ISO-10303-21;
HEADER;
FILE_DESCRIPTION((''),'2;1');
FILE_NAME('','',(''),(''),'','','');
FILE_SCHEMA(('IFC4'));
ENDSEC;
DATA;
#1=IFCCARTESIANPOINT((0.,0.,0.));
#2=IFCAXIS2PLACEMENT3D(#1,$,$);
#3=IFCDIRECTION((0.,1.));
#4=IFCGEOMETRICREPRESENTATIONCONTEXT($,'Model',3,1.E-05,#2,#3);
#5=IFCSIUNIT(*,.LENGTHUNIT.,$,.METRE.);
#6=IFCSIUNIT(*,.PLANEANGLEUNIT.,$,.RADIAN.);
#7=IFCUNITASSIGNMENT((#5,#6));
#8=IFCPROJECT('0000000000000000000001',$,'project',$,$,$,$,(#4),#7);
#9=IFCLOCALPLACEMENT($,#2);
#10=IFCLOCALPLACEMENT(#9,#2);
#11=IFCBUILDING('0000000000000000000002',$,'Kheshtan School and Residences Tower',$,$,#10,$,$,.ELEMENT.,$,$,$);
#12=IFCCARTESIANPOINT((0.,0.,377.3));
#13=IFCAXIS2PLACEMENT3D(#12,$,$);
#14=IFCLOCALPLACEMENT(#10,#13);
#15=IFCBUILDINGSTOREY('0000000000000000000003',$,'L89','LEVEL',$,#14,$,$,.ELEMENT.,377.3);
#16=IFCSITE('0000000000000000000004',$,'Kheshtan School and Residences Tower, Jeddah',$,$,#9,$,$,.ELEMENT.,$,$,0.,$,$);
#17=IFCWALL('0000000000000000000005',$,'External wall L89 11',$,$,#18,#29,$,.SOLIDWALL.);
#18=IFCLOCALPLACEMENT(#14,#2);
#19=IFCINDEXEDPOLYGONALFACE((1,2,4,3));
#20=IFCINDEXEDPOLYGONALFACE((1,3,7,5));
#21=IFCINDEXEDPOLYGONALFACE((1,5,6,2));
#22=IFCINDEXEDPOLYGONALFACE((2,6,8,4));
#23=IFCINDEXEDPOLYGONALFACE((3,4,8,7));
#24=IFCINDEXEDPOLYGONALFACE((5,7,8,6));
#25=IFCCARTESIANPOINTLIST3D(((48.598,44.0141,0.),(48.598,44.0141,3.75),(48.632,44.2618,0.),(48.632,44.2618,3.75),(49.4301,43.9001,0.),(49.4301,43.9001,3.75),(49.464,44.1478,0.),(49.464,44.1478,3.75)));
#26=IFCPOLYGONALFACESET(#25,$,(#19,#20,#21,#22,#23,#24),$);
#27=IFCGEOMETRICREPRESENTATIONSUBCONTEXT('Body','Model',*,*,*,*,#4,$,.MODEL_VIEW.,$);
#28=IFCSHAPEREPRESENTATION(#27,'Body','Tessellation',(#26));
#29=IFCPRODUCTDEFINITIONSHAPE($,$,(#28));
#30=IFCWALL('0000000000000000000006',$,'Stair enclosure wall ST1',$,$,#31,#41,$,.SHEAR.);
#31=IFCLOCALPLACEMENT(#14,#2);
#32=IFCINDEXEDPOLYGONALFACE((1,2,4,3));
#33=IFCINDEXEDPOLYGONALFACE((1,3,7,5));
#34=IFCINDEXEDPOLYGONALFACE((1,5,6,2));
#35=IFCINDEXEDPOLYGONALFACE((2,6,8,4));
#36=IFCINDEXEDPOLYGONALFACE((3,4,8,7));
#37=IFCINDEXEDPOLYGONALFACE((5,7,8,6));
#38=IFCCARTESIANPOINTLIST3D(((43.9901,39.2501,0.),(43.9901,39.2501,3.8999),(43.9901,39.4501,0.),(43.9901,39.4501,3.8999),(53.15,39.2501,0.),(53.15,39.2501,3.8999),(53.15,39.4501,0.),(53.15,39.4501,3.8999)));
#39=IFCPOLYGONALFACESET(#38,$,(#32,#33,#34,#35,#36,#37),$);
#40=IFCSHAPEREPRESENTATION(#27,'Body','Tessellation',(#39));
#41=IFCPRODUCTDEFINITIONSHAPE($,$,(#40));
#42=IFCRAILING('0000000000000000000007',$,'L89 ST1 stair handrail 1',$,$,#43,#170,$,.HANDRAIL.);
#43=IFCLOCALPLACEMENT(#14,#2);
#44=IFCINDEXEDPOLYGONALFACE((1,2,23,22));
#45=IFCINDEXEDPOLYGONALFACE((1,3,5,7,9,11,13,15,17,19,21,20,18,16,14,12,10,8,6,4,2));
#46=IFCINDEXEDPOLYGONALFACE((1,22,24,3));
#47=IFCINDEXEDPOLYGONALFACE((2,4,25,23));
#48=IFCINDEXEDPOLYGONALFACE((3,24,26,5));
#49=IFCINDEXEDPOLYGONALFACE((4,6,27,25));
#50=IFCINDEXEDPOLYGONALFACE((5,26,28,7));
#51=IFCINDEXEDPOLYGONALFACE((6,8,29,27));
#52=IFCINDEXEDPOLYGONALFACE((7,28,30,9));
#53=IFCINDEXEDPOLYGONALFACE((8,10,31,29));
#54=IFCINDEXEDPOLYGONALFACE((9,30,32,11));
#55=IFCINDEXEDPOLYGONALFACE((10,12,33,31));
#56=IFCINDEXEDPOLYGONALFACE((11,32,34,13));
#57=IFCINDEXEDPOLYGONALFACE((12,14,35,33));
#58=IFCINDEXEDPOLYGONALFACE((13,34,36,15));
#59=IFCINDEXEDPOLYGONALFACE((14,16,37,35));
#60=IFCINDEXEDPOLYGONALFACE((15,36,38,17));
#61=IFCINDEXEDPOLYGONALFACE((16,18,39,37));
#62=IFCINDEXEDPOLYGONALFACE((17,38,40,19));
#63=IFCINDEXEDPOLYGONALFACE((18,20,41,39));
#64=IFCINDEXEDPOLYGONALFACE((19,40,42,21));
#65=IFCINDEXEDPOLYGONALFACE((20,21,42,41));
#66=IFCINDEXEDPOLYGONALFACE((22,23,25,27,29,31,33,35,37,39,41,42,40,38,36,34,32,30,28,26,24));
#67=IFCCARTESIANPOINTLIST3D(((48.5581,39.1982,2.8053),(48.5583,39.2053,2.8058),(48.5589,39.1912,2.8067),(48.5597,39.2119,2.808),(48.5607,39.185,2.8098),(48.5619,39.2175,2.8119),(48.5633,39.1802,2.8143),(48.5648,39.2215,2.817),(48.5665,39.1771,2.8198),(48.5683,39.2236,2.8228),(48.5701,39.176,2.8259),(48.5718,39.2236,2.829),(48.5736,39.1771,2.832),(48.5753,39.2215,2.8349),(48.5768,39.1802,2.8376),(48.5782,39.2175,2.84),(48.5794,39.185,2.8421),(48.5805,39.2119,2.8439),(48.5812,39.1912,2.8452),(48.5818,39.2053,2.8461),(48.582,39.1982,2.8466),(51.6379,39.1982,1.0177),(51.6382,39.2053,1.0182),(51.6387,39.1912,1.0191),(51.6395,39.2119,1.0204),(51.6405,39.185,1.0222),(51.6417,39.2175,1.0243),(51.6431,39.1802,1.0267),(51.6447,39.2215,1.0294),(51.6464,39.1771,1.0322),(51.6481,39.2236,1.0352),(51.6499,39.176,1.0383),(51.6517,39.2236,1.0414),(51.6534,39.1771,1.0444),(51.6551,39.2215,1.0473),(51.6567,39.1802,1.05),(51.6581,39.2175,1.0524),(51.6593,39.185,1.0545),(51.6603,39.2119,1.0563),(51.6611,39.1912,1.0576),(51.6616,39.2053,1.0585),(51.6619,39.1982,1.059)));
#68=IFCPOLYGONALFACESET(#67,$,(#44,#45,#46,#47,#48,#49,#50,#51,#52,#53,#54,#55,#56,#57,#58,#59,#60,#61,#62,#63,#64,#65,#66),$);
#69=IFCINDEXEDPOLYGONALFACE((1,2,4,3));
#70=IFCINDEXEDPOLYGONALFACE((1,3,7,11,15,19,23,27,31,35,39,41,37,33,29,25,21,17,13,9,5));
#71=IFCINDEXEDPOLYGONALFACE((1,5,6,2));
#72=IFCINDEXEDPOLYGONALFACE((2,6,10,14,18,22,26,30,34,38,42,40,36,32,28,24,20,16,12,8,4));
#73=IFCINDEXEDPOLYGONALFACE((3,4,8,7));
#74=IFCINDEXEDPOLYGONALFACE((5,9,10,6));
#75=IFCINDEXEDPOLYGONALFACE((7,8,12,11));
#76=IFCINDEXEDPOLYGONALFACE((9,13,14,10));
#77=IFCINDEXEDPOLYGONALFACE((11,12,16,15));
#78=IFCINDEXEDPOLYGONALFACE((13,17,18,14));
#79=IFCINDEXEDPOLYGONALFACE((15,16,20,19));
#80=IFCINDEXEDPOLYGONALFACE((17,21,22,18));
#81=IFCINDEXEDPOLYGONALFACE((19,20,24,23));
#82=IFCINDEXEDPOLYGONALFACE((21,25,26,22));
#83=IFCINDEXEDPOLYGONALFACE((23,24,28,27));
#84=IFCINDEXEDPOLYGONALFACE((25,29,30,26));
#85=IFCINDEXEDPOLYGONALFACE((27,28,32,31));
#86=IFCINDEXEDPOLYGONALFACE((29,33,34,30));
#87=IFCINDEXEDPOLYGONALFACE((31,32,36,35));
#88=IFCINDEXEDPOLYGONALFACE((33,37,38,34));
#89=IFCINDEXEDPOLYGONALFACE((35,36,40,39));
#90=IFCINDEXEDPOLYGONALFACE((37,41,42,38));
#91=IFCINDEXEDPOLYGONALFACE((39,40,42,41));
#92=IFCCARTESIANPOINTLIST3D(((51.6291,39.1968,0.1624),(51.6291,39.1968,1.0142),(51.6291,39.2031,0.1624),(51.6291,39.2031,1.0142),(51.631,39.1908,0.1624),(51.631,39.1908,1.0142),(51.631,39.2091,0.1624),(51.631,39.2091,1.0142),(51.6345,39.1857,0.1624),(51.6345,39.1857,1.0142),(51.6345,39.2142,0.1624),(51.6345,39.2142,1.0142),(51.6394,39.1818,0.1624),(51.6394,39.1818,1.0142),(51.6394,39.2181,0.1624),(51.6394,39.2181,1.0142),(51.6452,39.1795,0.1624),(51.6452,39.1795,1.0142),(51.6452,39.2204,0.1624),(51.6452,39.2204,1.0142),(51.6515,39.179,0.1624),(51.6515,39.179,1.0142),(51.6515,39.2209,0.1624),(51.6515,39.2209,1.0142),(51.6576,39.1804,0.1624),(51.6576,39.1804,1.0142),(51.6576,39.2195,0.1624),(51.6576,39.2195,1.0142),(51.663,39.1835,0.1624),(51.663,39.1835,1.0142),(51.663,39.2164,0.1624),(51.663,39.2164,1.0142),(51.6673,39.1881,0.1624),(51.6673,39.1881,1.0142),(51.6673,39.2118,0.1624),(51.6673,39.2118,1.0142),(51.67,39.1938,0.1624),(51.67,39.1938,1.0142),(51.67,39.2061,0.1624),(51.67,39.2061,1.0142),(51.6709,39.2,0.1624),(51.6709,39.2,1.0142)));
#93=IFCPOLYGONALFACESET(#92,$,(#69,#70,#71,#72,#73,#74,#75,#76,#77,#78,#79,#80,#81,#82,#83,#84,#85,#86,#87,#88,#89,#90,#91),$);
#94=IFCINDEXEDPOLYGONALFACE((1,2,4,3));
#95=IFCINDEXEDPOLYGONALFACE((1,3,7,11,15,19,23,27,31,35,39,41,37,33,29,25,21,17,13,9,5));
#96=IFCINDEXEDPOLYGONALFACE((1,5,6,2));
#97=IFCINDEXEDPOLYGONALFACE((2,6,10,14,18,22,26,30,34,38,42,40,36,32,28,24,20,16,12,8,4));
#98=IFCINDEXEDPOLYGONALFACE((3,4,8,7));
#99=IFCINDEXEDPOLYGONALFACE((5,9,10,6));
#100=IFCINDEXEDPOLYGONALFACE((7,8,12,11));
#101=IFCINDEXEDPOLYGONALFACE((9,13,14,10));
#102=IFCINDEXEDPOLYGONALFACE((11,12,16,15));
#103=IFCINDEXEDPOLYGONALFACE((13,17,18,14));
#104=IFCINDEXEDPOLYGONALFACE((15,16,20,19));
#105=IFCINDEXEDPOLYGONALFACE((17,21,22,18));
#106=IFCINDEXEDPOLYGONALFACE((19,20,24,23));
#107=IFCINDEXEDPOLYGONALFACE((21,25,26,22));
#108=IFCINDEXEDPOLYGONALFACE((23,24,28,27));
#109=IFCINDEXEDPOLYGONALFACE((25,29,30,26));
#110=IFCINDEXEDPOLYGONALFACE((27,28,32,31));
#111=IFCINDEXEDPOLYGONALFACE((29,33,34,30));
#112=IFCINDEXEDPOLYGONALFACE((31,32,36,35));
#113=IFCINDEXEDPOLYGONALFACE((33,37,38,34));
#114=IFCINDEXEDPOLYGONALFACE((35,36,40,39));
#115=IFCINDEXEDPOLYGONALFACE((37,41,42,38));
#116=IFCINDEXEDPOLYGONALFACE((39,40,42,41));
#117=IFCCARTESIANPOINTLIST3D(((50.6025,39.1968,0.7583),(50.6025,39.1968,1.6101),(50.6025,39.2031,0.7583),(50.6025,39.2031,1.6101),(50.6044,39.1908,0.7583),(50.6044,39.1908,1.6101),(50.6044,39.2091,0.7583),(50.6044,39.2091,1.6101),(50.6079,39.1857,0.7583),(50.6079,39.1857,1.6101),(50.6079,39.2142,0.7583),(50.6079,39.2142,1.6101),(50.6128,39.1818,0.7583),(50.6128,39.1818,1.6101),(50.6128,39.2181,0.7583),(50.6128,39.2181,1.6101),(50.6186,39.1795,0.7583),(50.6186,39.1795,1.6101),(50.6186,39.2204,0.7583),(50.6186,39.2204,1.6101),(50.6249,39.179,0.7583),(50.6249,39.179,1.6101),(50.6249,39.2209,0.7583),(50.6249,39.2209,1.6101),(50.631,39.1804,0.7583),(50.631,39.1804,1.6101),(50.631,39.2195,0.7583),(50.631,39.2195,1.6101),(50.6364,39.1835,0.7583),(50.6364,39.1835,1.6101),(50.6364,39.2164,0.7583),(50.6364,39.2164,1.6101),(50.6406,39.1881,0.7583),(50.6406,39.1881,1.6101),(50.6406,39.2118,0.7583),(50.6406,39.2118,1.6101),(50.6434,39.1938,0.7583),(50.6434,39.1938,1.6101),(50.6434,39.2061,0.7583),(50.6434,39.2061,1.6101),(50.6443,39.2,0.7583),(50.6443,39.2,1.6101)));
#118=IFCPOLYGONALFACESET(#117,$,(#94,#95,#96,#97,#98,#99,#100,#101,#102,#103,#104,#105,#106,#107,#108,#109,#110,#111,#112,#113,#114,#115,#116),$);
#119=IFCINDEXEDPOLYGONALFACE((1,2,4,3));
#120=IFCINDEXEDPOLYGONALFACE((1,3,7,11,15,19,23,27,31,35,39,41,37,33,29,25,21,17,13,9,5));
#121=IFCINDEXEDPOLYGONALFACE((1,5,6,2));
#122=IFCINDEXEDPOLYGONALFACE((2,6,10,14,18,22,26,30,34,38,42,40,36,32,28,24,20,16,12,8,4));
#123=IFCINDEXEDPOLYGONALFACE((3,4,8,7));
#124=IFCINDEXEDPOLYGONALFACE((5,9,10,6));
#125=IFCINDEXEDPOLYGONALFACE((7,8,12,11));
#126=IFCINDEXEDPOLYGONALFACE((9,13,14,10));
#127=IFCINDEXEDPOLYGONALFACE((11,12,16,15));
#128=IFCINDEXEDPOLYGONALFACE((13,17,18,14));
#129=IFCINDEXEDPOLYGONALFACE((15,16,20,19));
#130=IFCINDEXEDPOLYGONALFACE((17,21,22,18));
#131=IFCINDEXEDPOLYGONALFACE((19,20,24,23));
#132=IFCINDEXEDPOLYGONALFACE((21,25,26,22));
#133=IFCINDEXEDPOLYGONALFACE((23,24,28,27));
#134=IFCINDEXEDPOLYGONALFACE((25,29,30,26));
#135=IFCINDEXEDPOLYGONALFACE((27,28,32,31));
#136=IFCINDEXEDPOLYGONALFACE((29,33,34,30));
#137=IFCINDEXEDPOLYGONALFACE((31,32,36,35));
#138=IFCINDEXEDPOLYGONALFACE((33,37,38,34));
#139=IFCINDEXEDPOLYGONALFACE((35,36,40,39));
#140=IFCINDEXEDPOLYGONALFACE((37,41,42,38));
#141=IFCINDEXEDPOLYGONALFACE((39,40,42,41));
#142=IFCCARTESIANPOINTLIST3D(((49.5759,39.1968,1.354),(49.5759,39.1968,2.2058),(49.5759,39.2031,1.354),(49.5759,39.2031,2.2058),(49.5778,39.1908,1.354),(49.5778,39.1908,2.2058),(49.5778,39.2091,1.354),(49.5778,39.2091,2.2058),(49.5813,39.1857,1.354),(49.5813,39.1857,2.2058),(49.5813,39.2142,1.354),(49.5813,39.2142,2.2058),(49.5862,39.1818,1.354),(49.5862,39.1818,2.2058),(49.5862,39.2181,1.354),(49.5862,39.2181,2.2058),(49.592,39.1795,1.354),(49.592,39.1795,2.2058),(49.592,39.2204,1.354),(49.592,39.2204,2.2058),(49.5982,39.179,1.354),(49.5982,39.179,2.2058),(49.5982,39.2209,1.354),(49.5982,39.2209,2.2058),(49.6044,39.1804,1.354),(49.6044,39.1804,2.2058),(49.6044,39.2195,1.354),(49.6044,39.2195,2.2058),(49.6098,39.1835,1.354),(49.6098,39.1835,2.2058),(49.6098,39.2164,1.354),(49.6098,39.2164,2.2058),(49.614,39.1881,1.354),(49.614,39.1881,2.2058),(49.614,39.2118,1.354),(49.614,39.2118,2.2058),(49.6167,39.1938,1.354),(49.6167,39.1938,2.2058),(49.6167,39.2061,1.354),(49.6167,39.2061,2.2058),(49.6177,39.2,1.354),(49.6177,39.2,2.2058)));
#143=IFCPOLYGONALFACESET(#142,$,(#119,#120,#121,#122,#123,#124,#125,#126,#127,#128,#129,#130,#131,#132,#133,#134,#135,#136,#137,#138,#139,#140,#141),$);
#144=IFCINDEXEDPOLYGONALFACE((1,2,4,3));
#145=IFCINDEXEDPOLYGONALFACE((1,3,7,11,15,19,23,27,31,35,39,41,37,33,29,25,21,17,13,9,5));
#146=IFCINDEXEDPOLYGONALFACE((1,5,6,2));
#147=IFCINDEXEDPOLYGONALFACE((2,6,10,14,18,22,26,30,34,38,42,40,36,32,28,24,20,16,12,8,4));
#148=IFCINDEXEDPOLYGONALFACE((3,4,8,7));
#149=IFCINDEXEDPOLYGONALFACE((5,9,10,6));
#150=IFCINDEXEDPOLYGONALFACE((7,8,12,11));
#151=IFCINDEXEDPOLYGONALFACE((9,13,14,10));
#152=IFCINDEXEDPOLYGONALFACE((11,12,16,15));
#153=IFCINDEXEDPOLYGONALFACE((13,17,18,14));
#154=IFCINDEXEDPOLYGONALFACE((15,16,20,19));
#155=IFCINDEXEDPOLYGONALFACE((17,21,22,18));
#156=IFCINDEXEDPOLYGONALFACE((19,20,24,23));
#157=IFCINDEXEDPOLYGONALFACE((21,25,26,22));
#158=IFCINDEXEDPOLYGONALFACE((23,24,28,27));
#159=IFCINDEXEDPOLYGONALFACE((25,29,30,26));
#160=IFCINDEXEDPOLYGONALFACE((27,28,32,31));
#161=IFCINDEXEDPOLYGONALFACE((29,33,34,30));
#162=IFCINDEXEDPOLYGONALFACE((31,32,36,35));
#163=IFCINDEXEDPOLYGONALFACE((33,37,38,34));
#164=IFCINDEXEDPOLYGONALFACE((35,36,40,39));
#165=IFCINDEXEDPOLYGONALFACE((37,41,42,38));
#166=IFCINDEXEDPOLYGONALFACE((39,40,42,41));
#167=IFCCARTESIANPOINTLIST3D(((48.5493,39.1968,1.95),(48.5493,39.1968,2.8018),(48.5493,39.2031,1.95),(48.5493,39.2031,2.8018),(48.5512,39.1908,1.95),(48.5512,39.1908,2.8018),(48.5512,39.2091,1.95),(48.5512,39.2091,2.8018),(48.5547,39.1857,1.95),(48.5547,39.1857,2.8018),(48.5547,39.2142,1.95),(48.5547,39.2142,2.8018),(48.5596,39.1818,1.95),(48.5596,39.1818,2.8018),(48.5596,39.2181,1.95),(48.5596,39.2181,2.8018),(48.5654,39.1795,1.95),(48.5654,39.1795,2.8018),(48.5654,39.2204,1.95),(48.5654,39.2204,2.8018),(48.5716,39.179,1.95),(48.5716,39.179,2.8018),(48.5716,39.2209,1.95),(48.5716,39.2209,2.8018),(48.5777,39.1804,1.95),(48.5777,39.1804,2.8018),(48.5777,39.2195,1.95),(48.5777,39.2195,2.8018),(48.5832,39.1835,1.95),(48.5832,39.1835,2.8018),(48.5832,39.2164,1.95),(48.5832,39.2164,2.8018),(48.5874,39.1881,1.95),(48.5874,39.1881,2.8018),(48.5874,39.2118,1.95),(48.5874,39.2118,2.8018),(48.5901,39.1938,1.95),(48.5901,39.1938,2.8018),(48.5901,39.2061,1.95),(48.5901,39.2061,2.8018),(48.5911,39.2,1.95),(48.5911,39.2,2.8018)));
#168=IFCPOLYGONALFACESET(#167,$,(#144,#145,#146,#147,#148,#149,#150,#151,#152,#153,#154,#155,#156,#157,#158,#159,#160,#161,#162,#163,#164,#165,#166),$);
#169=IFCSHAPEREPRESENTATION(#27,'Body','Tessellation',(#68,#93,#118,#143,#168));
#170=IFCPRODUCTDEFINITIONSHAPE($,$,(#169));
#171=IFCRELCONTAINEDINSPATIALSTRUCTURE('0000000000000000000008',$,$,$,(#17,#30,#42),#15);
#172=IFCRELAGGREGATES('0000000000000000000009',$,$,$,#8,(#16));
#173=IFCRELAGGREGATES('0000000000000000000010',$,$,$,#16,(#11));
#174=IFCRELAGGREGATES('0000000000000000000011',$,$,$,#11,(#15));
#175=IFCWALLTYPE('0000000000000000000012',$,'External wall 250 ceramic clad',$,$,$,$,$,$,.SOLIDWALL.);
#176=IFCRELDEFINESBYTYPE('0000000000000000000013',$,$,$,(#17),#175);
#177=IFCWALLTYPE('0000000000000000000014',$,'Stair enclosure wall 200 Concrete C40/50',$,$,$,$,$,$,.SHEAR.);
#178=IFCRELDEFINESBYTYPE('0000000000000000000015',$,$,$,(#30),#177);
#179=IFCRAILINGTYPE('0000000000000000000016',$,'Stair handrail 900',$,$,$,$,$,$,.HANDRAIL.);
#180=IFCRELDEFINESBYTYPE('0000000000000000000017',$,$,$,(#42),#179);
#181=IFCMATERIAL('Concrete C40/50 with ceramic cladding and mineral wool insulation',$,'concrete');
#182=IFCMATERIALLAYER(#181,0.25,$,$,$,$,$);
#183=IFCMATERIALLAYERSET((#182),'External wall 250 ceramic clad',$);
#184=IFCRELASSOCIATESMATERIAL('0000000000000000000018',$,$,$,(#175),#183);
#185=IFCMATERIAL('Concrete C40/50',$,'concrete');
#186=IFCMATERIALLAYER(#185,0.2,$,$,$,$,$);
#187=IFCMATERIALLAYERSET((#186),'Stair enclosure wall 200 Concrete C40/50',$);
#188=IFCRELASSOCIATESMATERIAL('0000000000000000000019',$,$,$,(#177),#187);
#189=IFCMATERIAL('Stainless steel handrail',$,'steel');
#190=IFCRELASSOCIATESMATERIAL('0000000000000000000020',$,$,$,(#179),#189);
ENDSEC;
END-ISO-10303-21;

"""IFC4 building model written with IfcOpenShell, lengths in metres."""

from ifc_helpers import new_model, si_unit, direction, frame, frame_2d, origin, origin_2d, place, context, subcontext, project, spatial, rectangle, circle, extrude, material, layer, layer_set, type_object, element, save


model = new_model("IFC4")

# Units and contexts
model_context = context("Model", 3, precision=1e-05, world=origin(), true_north=direction((0.0, 1.0)))
body_context = subcontext(model_context, "Body", "Model", "MODEL_VIEW")
ifc_project = project(units=[si_unit("LENGTHUNIT", "METRE"), si_unit("PLANEANGLEUNIT", "RADIAN")], contexts=[model_context])

# Site, building, storey
site_placement = place(None, origin())
site = spatial("IfcSite", under=ifc_project, at=site_placement, Name="Kheshtan School and Residences Tower, Jeddah", CompositionType="ELEMENT", RefElevation=0.0)
building_placement = place(site_placement, origin())
building = spatial("IfcBuilding", under=site, at=building_placement, Name="Kheshtan School and Residences Tower", CompositionType="ELEMENT")
storey_placement = place(building_placement, frame((0.0, 0.0, 377.3)))
storey = spatial("IfcBuildingStorey", under=building, at=storey_placement, Name="L89", Description="LEVEL", CompositionType="ELEMENT", Elevation=377.3)

# Shared definitions
ifc_material_1 = material(Name="Concrete C40/50 with ceramic cladding and mineral wool insulation", Category="concrete")
ifc_layer_1 = layer(ifc_material_1, 0.25)
ifc_layer_set_1 = layer_set([ifc_layer_1], Name="External wall 250 ceramic clad")
wall_type_1 = type_object("IfcWallType", Name="External wall 250 ceramic clad", PredefinedType="SOLIDWALL", material=ifc_layer_set_1)

# Wall
wall_1_placement = place(storey_placement, frame((48.615, 44.1379, 0.0), z_axis=(0.0, 0.0, 1.0), x_axis=(0.990742, -0.135762, 0.0)))
element("IfcWall", 1, at=wall_1_placement, inside=storey, type_object=wall_type_1, Name="External wall L89 11", PredefinedType="SOLIDWALL", context=body_context, shape_type="SweptSolid", body=[
    extrude(rectangle(XDim=0.8398, YDim=0.25, at=frame_2d((0.4199, 0.0))), origin(), (0.0, 0.0, 1.0), 3.75),
])

# Wall
ifc_material_2 = material(Name="Concrete C40/50", Category="concrete")
ifc_layer_2 = layer(ifc_material_2, 0.2)
ifc_layer_set_2 = layer_set([ifc_layer_2], Name="Stair enclosure wall 200 Concrete C40/50")
wall_type_2 = type_object("IfcWallType", Name="Stair enclosure wall 200 Concrete C40/50", PredefinedType="SHEAR", material=ifc_layer_set_2)
wall_2_placement = place(storey_placement, frame((43.99, 39.3501, 0.0), z_axis=(0.0, 0.0, 1.0), x_axis=(1.0, 0.0, 0.0)))
element("IfcWall", 2, at=wall_2_placement, inside=storey, type_object=wall_type_2, Name="Stair enclosure wall ST1", PredefinedType="SHEAR", context=body_context, shape_type="SweptSolid", body=[
    extrude(rectangle(XDim=9.1599, YDim=0.2, at=frame_2d((4.5801, 0.0))), origin(), (0.0, 0.0, 1.0), 3.8999),
])

# Railing
ifc_material_3 = material(Name="Stainless steel handrail", Category="steel")
railing_type = type_object("IfcRailingType", Name="Stair handrail 900", PredefinedType="HANDRAIL", material=ifc_material_3)
railing_placement = place(storey_placement, frame((51.6499, 39.2, 0.1624)))
element("IfcRailing", 3, at=railing_placement, inside=storey, type_object=railing_type, Name="L89 ST1 stair handrail 1", PredefinedType="HANDRAIL", context=body_context, shape_type="SweptSolid", body=[
    extrude(circle(Radius=0.0239, at=origin_2d()), frame((0.0, 0.0, 0.876), z_axis=(-0.864873, 0.0, 0.50199), x_axis=(0.0, -1.0, 0.0)), (0.0, 0.0, 1.0), 3.561),
    extrude(circle(Radius=0.021, at=origin_2d()), origin(), (0.0, 0.0, 1.0), 0.8518),
    extrude(circle(Radius=0.021, at=origin_2d()), frame((-1.0266, 0.0, 0.5959)), (0.0, 0.0, 1.0), 0.8518),
    extrude(circle(Radius=0.021, at=origin_2d()), frame((-2.0532, 0.0, 1.1917)), (0.0, 0.0, 1.0), 0.8518),
    extrude(circle(Radius=0.021, at=origin_2d()), frame((-3.0798, 0.0, 1.7876)), (0.0, 0.0, 1.0), 0.8518),
])

save(model, "model.ifc")
